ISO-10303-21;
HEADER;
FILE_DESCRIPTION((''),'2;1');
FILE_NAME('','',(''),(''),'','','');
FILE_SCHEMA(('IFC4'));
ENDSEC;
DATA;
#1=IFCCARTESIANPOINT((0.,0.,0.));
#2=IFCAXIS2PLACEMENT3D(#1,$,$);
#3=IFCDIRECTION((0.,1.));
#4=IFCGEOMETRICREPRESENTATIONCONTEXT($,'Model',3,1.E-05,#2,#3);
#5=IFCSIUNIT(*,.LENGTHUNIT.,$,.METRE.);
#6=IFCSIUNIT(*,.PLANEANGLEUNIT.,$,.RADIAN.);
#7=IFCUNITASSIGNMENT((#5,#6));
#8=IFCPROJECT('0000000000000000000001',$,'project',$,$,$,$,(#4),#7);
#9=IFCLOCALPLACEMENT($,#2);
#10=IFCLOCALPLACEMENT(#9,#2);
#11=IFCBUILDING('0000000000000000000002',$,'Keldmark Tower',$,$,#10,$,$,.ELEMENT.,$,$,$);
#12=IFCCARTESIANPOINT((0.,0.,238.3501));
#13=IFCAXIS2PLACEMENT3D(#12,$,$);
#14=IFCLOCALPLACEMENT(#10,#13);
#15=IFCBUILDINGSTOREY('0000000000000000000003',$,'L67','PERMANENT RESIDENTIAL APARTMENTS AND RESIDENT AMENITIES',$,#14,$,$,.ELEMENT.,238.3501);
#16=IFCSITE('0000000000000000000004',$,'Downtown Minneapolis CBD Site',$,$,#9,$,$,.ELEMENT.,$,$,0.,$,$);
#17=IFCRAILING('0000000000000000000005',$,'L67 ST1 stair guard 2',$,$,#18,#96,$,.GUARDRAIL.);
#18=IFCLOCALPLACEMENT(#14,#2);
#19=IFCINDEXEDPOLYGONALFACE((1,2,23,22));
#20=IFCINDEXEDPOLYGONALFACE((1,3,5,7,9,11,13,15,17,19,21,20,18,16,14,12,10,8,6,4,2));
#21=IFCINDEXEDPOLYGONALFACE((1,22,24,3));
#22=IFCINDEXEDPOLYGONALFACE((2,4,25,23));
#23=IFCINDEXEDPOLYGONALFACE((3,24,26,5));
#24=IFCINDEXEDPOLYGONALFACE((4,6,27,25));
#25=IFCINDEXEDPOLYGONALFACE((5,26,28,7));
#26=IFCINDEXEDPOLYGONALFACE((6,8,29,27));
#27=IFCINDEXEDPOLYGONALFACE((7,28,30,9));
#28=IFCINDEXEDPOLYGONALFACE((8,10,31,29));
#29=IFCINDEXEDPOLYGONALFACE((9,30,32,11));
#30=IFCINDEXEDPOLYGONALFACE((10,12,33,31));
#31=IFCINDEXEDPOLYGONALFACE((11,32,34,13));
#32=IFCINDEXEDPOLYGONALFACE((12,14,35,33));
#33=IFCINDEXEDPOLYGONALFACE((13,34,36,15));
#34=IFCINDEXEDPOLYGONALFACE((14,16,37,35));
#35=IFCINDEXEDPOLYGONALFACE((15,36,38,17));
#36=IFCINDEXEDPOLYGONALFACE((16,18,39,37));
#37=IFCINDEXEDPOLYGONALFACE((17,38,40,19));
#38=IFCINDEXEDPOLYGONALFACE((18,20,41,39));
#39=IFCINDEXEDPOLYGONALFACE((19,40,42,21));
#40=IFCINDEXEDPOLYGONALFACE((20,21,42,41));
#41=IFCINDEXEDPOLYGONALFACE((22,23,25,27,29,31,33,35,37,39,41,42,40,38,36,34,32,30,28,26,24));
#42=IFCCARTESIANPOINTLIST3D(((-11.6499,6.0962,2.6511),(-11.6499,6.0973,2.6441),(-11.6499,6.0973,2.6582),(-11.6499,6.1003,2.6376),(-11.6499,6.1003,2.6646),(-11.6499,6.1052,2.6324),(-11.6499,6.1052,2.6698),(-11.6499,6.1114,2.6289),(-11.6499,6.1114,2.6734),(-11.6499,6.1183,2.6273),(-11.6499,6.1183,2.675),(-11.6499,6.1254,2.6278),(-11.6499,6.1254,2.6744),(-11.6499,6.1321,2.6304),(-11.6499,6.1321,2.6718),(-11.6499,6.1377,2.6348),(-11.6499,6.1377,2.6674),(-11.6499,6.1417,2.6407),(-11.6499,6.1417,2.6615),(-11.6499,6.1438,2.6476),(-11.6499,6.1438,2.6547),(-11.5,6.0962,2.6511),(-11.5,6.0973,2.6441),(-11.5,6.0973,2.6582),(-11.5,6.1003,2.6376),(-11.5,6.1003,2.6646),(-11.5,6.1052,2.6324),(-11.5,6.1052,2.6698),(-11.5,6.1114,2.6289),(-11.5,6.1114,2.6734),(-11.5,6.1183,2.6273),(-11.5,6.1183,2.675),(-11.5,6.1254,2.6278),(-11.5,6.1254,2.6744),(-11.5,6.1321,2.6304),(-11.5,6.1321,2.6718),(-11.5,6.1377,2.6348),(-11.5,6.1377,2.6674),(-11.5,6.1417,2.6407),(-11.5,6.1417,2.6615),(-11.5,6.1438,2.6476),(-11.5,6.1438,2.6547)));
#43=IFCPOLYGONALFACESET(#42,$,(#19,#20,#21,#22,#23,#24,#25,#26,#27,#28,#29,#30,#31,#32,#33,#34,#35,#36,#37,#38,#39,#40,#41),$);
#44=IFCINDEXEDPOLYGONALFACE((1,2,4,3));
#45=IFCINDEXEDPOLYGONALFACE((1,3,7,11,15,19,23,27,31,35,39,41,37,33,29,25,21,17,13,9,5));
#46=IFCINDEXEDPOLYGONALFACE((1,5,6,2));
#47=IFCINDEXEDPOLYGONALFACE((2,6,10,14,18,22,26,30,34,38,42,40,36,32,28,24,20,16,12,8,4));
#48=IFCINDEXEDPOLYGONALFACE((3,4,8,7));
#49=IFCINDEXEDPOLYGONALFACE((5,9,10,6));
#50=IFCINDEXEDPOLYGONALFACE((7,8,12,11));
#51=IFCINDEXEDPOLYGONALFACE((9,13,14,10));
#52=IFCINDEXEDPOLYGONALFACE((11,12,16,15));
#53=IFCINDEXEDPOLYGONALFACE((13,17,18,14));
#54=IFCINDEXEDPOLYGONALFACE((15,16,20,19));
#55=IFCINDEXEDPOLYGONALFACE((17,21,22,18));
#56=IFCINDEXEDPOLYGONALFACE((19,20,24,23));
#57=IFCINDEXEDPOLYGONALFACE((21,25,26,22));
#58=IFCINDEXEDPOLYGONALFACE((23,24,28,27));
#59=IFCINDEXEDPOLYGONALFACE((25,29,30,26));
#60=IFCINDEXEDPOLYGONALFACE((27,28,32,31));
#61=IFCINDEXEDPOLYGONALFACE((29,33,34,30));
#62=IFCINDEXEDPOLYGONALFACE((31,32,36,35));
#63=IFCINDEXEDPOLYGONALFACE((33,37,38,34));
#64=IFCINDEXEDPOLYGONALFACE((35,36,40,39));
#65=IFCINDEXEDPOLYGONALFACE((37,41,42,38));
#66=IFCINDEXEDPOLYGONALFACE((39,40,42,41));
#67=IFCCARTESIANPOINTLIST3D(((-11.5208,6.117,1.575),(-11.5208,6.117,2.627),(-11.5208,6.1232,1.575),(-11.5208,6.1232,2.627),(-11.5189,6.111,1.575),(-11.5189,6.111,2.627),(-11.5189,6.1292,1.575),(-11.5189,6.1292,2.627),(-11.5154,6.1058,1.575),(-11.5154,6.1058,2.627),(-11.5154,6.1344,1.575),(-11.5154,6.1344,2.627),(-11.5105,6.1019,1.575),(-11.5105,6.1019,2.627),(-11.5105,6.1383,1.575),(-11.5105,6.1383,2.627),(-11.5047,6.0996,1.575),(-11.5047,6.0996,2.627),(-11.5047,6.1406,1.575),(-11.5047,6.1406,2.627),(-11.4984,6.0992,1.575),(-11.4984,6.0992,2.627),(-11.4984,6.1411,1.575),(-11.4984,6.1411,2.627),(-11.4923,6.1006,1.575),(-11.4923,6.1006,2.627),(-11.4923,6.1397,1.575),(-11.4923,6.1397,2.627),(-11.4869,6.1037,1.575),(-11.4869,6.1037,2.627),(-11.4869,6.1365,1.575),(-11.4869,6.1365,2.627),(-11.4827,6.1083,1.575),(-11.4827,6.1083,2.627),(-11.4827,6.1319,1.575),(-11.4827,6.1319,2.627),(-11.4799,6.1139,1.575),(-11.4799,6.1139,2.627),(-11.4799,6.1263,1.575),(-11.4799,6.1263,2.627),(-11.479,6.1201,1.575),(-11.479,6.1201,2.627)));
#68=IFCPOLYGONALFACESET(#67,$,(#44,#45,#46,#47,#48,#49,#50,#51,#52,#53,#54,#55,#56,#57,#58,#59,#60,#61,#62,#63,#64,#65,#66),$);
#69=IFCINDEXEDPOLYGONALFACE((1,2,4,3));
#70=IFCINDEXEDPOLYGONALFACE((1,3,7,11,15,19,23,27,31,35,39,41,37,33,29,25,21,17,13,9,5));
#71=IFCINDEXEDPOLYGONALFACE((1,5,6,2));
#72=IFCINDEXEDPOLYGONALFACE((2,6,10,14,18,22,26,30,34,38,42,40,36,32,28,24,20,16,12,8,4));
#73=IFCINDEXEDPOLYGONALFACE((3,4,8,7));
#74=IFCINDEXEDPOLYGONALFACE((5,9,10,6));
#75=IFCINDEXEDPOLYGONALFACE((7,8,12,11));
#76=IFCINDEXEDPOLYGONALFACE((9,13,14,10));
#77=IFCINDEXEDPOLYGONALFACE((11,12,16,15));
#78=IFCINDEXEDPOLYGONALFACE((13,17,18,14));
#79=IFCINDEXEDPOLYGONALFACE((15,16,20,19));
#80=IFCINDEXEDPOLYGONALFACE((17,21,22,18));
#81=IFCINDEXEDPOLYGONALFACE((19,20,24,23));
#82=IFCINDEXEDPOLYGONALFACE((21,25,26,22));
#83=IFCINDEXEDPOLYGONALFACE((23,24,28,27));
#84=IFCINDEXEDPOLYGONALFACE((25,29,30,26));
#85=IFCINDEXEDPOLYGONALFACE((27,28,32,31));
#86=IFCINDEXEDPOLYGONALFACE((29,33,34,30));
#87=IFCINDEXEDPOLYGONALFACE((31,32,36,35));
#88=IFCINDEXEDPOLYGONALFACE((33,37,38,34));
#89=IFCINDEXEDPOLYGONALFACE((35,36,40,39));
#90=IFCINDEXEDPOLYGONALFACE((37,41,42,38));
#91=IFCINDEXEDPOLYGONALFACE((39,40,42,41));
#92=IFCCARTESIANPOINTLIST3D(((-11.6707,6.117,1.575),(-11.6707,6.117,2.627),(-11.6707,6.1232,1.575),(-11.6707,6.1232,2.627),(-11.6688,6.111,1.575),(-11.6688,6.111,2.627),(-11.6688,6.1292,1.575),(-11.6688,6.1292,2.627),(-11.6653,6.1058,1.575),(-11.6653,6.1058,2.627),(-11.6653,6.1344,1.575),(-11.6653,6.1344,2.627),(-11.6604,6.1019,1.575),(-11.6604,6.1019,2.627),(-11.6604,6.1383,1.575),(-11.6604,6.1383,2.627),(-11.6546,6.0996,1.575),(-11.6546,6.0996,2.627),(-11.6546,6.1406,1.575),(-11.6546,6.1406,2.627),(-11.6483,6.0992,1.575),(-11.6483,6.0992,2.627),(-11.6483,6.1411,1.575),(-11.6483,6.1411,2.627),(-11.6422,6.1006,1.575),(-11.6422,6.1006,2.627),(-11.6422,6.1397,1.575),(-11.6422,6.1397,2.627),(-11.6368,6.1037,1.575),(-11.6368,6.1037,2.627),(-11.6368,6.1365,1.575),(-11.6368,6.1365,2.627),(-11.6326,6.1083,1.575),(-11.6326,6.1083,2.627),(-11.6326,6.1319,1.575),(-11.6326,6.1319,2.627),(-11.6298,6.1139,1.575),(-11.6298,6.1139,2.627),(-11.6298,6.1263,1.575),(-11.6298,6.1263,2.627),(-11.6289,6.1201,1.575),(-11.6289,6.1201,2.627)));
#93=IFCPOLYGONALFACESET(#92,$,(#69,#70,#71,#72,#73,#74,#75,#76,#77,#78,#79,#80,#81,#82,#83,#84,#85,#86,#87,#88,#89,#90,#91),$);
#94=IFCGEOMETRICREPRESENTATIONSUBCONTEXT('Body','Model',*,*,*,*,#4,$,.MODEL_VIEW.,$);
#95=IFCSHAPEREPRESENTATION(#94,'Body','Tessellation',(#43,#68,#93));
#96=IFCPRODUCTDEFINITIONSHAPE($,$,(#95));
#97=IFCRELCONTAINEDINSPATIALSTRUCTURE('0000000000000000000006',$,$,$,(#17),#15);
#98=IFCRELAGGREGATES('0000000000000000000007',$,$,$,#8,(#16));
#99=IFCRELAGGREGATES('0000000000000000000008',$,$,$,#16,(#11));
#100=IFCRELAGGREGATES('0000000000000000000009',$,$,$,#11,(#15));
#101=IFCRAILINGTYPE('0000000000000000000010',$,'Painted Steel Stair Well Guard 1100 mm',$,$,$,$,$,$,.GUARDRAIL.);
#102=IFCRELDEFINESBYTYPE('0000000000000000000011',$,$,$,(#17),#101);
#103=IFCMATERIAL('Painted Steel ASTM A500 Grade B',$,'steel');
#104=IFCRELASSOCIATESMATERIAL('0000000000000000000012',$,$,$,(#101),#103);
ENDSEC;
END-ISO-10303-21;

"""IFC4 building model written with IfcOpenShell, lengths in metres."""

from ifc_helpers import new_model, si_unit, direction, frame, origin, origin_2d, place, context, subcontext, project, spatial, circle, extrude, material, type_object, element, save


model = new_model("IFC4")

# Units and contexts
model_context = context("Model", 3, precision=1e-05, world=origin(), true_north=direction((0.0, 1.0)))
body_context = subcontext(model_context, "Body", "Model", "MODEL_VIEW")
ifc_project = project(units=[si_unit("LENGTHUNIT", "METRE"), si_unit("PLANEANGLEUNIT", "RADIAN")], contexts=[model_context])

# Site, building, storey
site_placement = place(None, origin())
site = spatial("IfcSite", under=ifc_project, at=site_placement, Name="Downtown Minneapolis CBD Site", CompositionType="ELEMENT", RefElevation=0.0)
building_placement = place(site_placement, origin())
building = spatial("IfcBuilding", under=site, at=building_placement, Name="Keldmark Tower", CompositionType="ELEMENT")
storey_placement = place(building_placement, frame((0.0, 0.0, 238.3501)))
storey = spatial("IfcBuildingStorey", under=building, at=storey_placement, Name="L67", Description="PERMANENT RESIDENTIAL APARTMENTS AND RESIDENT AMENITIES", CompositionType="ELEMENT", Elevation=238.3501)

# Railing
ifc_material_1 = material(Name="Painted Steel ASTM A500 Grade B", Category="steel")
railing_type_1 = type_object("IfcRailingType", Name="Painted Steel Stair Well Guard 1100 mm", PredefinedType="GUARDRAIL", material=ifc_material_1)
railing_1_placement = place(storey_placement, frame((-11.5, 6.1201, 1.575)))
element("IfcRailing", 1, at=railing_1_placement, inside=storey, type_object=railing_type_1, Name="L67 ST1 stair guard 2", PredefinedType="GUARDRAIL", context=body_context, shape_type="SweptSolid", body=[
    extrude(circle(Radius=0.0239, at=origin_2d()), frame((0.0, 0.0, 1.0762), z_axis=(-1.0, 0.0, 0.0), x_axis=(0.0, -1.0, 0.0)), (0.0, 0.0, 1.0), 0.1499),
    extrude(circle(Radius=0.021, at=origin_2d()), origin(), (0.0, 0.0, 1.0), 1.052),
    extrude(circle(Radius=0.021, at=origin_2d()), frame((-0.1499, 0.0, 0.0)), (0.0, 0.0, 1.0), 1.052),
])

save(model, "model.ifc")
